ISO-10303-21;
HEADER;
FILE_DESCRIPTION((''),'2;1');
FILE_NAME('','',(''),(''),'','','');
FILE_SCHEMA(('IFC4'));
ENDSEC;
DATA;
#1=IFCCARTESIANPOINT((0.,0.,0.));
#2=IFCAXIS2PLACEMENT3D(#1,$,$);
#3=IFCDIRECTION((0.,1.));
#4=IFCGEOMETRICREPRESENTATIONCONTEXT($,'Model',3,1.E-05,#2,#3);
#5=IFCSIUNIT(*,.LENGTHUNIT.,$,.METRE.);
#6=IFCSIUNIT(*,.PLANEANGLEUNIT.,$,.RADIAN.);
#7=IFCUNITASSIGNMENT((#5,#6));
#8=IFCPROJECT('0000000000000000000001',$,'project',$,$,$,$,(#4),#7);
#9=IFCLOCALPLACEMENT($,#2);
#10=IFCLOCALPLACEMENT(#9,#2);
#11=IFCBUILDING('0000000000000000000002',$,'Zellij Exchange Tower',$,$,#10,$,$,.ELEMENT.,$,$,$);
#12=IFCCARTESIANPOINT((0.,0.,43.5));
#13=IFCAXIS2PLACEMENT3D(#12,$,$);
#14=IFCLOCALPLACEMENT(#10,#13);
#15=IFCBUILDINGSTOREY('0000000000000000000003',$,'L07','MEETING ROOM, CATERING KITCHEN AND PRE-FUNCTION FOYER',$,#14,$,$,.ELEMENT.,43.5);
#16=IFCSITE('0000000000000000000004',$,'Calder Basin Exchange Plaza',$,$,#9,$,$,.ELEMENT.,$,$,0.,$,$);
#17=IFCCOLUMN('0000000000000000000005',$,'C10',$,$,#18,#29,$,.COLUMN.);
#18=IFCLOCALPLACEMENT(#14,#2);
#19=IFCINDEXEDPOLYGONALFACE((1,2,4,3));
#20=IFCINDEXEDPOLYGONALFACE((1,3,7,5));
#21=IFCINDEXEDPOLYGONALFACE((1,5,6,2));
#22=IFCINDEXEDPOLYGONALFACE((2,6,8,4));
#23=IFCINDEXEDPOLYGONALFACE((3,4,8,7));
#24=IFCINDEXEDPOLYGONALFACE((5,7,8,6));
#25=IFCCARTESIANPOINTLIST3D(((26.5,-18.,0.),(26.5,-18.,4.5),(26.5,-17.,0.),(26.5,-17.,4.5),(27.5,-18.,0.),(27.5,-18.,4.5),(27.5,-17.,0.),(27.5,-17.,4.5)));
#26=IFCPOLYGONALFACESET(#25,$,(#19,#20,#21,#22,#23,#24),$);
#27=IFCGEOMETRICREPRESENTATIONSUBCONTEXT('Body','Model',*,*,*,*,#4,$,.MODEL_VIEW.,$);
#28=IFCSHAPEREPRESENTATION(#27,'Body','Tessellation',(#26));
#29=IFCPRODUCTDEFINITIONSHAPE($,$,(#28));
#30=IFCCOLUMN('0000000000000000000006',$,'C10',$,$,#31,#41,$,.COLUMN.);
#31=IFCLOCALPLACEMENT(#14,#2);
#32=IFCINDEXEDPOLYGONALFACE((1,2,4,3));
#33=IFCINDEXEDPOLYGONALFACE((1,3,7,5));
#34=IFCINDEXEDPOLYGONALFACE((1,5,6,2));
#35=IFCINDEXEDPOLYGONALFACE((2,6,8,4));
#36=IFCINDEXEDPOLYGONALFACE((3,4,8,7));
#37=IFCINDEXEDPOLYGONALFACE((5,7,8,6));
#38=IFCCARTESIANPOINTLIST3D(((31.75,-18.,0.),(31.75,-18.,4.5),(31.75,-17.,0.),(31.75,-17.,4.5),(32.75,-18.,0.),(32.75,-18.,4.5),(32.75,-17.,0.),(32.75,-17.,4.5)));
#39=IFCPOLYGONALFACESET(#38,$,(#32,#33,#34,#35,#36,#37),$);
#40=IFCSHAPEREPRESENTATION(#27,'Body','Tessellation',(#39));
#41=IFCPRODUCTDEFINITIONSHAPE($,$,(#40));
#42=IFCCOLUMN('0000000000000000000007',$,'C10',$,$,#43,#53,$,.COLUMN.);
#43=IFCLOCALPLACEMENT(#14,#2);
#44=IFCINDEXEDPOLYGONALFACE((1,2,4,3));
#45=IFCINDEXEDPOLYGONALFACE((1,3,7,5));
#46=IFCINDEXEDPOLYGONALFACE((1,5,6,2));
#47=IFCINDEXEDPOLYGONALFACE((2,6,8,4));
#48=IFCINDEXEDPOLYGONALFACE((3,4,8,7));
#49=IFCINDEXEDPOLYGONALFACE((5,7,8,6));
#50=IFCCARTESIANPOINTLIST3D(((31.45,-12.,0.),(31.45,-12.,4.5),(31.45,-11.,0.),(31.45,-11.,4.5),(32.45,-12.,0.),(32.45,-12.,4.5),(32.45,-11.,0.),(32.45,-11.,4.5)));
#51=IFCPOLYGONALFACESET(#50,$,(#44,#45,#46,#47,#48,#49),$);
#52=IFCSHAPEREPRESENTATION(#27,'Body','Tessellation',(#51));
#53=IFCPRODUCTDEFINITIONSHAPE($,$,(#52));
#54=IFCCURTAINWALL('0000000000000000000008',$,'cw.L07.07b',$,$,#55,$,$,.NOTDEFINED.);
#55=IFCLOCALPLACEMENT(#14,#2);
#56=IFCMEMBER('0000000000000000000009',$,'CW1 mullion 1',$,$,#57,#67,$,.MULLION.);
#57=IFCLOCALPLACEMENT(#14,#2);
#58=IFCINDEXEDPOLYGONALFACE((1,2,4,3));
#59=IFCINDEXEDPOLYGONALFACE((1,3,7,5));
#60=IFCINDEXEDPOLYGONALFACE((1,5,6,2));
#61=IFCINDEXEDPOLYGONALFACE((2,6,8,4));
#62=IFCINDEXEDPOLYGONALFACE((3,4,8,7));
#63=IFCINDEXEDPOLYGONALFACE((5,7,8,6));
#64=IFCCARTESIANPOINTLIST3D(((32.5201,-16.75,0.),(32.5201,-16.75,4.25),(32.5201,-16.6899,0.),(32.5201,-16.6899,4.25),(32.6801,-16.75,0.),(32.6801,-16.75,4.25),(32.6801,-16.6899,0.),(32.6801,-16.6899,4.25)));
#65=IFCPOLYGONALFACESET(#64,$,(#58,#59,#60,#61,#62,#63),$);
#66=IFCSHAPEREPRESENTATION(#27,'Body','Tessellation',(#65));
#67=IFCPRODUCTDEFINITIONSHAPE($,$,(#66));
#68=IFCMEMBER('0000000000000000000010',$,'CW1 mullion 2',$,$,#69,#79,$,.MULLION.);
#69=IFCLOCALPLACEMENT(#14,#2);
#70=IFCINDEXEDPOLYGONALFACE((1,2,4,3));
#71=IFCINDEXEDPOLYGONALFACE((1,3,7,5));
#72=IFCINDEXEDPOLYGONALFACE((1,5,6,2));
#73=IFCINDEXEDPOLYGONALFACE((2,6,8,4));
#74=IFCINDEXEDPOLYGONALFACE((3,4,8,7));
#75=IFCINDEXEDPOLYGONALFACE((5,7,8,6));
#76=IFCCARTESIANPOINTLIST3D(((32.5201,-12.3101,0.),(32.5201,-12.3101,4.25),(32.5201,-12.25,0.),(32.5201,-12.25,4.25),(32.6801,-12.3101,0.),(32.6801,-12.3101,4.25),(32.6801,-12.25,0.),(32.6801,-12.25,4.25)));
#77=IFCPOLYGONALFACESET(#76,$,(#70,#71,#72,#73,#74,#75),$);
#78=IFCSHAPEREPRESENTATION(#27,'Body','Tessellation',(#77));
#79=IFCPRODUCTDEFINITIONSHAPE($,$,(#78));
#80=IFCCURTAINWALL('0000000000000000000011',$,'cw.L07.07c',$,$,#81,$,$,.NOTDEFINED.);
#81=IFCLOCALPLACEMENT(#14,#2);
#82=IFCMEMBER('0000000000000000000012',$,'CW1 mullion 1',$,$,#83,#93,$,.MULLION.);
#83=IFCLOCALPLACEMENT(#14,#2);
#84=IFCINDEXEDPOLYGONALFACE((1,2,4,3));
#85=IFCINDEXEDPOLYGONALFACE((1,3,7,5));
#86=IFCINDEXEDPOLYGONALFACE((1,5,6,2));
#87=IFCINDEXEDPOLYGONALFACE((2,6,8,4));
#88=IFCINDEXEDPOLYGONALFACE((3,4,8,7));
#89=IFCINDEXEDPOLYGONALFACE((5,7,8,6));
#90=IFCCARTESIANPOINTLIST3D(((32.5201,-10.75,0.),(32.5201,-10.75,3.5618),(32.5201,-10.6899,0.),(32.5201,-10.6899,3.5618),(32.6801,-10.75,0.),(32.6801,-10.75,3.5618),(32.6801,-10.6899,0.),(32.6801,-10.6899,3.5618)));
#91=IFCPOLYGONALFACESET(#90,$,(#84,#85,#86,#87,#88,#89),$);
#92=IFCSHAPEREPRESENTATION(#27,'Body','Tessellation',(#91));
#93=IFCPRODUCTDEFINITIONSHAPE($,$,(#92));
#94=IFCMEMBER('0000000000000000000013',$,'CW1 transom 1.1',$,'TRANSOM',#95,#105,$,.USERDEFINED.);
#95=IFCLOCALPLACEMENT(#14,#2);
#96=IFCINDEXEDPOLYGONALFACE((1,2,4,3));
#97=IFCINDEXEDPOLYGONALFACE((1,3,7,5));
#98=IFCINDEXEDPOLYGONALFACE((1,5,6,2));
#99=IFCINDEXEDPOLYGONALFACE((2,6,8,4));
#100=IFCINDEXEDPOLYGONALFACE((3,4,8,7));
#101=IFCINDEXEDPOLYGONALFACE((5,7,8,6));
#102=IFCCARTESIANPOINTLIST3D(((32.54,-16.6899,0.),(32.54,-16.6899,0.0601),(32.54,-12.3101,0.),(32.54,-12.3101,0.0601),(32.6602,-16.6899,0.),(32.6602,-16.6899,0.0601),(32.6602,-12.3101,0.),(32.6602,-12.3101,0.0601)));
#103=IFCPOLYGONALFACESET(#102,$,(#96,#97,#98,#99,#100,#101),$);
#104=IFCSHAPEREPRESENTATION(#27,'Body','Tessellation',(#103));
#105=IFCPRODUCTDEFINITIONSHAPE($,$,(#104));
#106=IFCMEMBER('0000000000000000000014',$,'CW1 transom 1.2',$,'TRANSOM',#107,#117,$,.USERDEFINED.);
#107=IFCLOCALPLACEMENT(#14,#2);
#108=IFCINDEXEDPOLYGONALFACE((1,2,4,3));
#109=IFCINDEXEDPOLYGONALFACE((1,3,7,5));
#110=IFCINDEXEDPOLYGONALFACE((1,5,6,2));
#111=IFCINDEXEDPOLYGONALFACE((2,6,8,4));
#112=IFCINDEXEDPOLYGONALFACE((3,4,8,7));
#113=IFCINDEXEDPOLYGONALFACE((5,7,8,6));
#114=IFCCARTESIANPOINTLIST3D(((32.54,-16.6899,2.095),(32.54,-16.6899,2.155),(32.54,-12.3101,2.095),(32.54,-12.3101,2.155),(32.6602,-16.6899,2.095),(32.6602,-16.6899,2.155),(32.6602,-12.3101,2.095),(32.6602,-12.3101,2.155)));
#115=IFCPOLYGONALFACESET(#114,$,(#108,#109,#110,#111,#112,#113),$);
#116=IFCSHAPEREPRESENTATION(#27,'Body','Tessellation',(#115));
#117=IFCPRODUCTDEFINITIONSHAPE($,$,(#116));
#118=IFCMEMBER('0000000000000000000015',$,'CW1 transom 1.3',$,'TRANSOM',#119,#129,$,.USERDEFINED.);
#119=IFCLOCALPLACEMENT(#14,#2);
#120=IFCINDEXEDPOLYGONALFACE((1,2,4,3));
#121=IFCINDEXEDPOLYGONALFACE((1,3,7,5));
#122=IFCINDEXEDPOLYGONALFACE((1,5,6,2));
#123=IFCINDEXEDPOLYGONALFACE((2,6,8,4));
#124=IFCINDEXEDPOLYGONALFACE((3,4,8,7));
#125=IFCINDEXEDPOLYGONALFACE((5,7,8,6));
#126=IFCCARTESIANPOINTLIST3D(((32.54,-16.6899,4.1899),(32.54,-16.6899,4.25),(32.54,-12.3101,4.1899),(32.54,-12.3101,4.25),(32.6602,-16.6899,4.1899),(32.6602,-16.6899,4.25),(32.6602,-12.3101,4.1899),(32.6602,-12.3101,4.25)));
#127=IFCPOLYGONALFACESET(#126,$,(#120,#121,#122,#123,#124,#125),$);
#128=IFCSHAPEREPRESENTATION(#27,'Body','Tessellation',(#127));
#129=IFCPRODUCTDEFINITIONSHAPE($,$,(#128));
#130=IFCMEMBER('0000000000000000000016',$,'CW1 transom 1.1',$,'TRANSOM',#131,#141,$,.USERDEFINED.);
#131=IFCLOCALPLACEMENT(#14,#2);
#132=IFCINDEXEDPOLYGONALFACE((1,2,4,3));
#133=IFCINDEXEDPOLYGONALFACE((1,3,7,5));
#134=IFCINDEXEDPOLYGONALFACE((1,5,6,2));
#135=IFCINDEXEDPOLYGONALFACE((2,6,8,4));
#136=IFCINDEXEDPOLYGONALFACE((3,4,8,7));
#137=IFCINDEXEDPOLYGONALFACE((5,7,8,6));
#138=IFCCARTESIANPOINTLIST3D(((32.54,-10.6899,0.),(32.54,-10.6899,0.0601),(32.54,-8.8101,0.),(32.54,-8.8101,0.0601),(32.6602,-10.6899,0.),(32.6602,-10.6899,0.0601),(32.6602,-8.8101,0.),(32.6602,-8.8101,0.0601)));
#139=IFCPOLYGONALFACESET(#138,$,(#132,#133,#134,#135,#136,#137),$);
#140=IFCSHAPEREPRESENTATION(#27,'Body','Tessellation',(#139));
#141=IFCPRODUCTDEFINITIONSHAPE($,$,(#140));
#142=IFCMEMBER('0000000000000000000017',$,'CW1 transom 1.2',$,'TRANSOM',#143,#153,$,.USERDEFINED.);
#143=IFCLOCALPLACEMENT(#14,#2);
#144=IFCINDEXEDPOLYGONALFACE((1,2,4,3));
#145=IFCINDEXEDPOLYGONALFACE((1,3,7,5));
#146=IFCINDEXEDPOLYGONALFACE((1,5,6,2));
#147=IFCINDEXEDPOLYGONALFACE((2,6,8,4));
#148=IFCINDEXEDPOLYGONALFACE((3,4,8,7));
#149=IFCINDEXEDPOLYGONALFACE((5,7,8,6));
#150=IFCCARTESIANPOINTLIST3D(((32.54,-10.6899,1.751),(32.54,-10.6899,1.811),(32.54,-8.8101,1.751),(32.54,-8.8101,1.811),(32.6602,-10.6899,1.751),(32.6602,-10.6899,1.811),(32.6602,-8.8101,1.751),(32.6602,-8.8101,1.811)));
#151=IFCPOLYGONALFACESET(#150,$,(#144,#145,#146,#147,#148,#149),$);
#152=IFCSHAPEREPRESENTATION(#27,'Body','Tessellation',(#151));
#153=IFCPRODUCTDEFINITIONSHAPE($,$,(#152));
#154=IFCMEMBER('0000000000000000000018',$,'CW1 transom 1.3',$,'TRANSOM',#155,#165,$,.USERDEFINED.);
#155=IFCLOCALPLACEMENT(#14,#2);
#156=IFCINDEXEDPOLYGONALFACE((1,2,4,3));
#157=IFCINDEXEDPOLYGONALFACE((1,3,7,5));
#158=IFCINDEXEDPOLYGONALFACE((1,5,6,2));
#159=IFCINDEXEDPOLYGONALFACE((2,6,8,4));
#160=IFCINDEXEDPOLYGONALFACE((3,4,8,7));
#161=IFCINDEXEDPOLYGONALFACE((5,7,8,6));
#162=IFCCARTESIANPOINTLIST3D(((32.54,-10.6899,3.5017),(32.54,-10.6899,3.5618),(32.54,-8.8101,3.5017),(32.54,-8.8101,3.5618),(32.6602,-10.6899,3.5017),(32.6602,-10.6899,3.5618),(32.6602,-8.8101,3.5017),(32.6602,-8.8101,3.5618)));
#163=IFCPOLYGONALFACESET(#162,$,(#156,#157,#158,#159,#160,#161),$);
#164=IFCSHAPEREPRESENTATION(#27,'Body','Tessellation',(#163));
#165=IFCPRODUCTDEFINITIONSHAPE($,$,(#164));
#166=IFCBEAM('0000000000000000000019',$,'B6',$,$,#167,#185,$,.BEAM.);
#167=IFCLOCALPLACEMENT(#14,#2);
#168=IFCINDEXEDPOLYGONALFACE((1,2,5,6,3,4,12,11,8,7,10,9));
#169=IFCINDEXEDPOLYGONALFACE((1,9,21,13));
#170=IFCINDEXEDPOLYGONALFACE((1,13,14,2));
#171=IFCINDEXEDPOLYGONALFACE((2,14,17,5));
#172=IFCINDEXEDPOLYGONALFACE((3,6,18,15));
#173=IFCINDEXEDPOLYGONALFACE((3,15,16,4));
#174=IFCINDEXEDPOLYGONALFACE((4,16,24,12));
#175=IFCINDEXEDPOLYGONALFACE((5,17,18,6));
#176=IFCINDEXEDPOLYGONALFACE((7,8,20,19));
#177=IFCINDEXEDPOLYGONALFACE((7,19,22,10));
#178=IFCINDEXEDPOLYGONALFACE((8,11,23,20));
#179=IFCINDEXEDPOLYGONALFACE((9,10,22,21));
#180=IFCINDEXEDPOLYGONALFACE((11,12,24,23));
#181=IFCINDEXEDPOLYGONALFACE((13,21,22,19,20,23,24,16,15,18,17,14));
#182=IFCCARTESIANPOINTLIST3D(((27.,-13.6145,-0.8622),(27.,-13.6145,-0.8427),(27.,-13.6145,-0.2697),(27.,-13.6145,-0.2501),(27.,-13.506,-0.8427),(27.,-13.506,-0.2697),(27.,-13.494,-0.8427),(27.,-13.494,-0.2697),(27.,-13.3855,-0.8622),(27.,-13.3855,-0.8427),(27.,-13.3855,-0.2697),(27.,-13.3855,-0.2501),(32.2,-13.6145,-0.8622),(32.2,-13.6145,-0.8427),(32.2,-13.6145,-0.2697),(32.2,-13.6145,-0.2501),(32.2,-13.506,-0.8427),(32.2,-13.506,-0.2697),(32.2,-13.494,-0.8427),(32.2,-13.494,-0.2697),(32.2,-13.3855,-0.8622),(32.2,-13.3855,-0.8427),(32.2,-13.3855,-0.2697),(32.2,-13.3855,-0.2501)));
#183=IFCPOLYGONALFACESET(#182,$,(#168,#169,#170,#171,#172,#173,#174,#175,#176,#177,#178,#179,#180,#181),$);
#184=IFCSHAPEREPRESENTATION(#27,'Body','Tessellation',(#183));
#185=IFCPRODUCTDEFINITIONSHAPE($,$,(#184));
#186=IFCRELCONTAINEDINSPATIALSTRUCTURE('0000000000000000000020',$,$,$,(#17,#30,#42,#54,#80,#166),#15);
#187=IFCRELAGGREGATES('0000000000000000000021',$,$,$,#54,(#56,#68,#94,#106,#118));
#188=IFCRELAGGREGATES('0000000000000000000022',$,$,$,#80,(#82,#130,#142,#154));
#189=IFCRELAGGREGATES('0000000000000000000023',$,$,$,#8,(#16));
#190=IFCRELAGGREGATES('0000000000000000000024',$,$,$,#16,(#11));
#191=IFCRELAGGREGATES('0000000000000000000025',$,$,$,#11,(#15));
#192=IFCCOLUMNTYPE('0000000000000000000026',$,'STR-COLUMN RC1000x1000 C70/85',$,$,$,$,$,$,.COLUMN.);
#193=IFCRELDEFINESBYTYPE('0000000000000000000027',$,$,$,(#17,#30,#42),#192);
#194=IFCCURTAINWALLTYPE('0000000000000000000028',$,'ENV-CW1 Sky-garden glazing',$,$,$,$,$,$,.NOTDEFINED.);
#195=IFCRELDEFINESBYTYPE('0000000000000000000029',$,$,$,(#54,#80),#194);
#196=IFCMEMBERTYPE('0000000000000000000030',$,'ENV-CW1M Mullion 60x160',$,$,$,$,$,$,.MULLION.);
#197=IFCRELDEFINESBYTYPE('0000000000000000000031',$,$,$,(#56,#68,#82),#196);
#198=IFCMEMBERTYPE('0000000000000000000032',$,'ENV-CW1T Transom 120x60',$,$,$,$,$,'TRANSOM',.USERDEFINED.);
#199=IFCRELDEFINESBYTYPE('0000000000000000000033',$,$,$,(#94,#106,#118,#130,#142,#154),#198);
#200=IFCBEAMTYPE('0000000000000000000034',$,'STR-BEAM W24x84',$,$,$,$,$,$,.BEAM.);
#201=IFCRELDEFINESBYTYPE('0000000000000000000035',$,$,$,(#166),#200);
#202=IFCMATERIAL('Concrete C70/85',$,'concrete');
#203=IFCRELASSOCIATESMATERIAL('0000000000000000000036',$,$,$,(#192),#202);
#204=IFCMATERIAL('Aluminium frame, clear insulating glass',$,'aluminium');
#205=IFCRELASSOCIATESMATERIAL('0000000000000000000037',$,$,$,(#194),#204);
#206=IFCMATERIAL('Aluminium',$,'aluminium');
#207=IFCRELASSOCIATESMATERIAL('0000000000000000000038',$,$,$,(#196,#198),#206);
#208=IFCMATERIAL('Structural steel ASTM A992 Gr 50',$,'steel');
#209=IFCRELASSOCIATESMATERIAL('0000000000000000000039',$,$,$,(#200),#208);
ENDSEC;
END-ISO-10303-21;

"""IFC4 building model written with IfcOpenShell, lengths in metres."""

from ifc_helpers import new_model, si_unit, direction, frame, origin, origin_2d, place, context, subcontext, project, spatial, rectangle, i_section, extrude, material, material_profile, profile_set, type_object, element, aggregate, save


model = new_model("IFC4")

# Units and contexts
model_context = context("Model", 3, precision=1e-05, world=origin(), true_north=direction((0.0, 1.0)))
body_context = subcontext(model_context, "Body", "Model", "MODEL_VIEW")
ifc_project = project(units=[si_unit("LENGTHUNIT", "METRE"), si_unit("PLANEANGLEUNIT", "RADIAN")], contexts=[model_context])

# Site, building, storey
site_placement = place(None, origin())
site = spatial("IfcSite", under=ifc_project, at=site_placement, Name="Calder Basin Exchange Plaza", CompositionType="ELEMENT", RefElevation=0.0)
building_placement = place(site_placement, origin())
building = spatial("IfcBuilding", under=site, at=building_placement, Name="Zellij Exchange Tower", CompositionType="ELEMENT")
storey_placement = place(building_placement, frame((0.0, 0.0, 43.5)))
storey = spatial("IfcBuildingStorey", under=building, at=storey_placement, Name="L07", Description="MEETING ROOM, CATERING KITCHEN AND PRE-FUNCTION FOYER", CompositionType="ELEMENT", Elevation=43.5)

# Columns
ifc_material_1 = material(Name="Concrete C70/85", Category="concrete")
ifc_material_profile_1 = material_profile(ifc_material_1, rectangle(XDim=1.0, YDim=1.0, at=origin_2d()), Name="STR-COLUMN RC1000x1000 C70/85")
ifc_profile_set_1 = profile_set([ifc_material_profile_1], Name="Concrete C70/85")
column_type = type_object("IfcColumnType", Name="STR-COLUMN RC1000x1000 C70/85", PredefinedType="COLUMN", material=ifc_profile_set_1)
for number, where, z_axis, x_axis, name in (
    (1, (27.0, -17.5, 0.0), (0.0, 0.0, 1.0), (1.0, 0.0, 0.0), "C10"),
    (2, (32.25, -17.5, 0.0), (0.0, 0.0, 1.0), (1.0, 0.0, 0.0), "C10"),
    (3, (31.95, -11.5, 0.0), (0.0, 0.0, 1.0), (1.0, 0.0, 0.0), "C10"),
):
    element("IfcColumn", number, at=place(storey_placement, frame(where, z_axis=z_axis, x_axis=x_axis)), inside=storey, type_object=column_type, Name=name, PredefinedType="COLUMN", context=body_context, shape_type="SweptSolid", body=[
        extrude(rectangle(XDim=1.0, YDim=1.0, at=origin_2d()), origin(), (0.0, 0.0, 1.0), 4.5),
    ])

# Curtain wall, members
ifc_material_2 = material(Name="Aluminium frame, clear insulating glass", Category="aluminium")
curtain_wall_type = type_object("IfcCurtainWallType", Name="ENV-CW1 Sky-garden glazing", PredefinedType="NOTDEFINED", material=ifc_material_2)
curtain_wall_1_placement = place(storey_placement, origin())
curtain_wall_1 = element("IfcCurtainWall", 4, at=curtain_wall_1_placement, inside=storey, type_object=curtain_wall_type, Name="cw.L07.07b", PredefinedType="NOTDEFINED")
ifc_material_3 = material(Name="Aluminium", Category="aluminium")
ifc_material_profile_2 = material_profile(ifc_material_3, rectangle(XDim=0.0601, YDim=0.1599, at=origin_2d()), Name="AL 60x160")
ifc_profile_set_2 = profile_set([ifc_material_profile_2], Name="Aluminium")
member_type_1 = type_object("IfcMemberType", Name="ENV-CW1M Mullion 60x160", PredefinedType="MULLION", material=ifc_profile_set_2)
member_1_placement = place(storey_placement, frame((32.6001, -16.72, 0.0), z_axis=(0.0, 0.0, 1.0), x_axis=(0.0, 1.0, 0.0)))
member_1 = element("IfcMember", 5, at=member_1_placement, type_object=member_type_1, Name="CW1 mullion 1", PredefinedType="MULLION", context=body_context, shape_type="SweptSolid", body=[
    extrude(rectangle(XDim=0.0601, YDim=0.1599, at=origin_2d()), origin(), (0.0, 0.0, 1.0), 4.25),
])
member_2_placement = place(storey_placement, frame((32.6001, -12.28, 0.0), z_axis=(0.0, 0.0, 1.0), x_axis=(0.0, 1.0, 0.0)))
member_2 = element("IfcMember", 6, at=member_2_placement, type_object=member_type_1, Name="CW1 mullion 2", PredefinedType="MULLION", context=body_context, shape_type="SweptSolid", body=[
    extrude(rectangle(XDim=0.0601, YDim=0.1599, at=origin_2d()), origin(), (0.0, 0.0, 1.0), 4.25),
])

# Curtain wall, member
curtain_wall_2_placement = place(storey_placement, origin())
curtain_wall_2 = element("IfcCurtainWall", 7, at=curtain_wall_2_placement, inside=storey, type_object=curtain_wall_type, Name="cw.L07.07c", PredefinedType="NOTDEFINED")
member_3_placement = place(storey_placement, frame((32.6001, -10.72, 0.0), z_axis=(0.0, 0.0, 1.0), x_axis=(0.0, 1.0, 0.0)))
member_3 = element("IfcMember", 8, at=member_3_placement, type_object=member_type_1, Name="CW1 mullion 1", PredefinedType="MULLION", context=body_context, shape_type="SweptSolid", body=[
    extrude(rectangle(XDim=0.0601, YDim=0.1599, at=origin_2d()), origin(), (0.0, 0.0, 1.0), 3.5618),
])

# Members
ifc_material_profile_3 = material_profile(ifc_material_3, rectangle(XDim=0.1201, YDim=0.0601, at=origin_2d()), Name="AL 120x60")
ifc_profile_set_3 = profile_set([ifc_material_profile_3], Name="Aluminium")
member_type_2 = type_object("IfcMemberType", Name="ENV-CW1T Transom 120x60", ElementType="TRANSOM", PredefinedType="USERDEFINED", material=ifc_profile_set_3)
member_4_placement = place(storey_placement, frame((32.6001, -16.6899, 0.03), z_axis=(0.0, 1.0, 0.0), x_axis=(-1.0, 0.0, 0.0)))
member_4 = element("IfcMember", 9, at=member_4_placement, type_object=member_type_2, Name="CW1 transom 1.1", ObjectType="TRANSOM", PredefinedType="USERDEFINED", context=body_context, shape_type="SweptSolid", body=[
    extrude(rectangle(XDim=0.1201, YDim=0.0601, at=origin_2d()), origin(), (0.0, 0.0, 1.0), 4.3799),
])
member_5_placement = place(storey_placement, frame((32.6001, -16.6899, 2.125), z_axis=(0.0, 1.0, 0.0), x_axis=(-1.0, 0.0, 0.0)))
member_5 = element("IfcMember", 10, at=member_5_placement, type_object=member_type_2, Name="CW1 transom 1.2", ObjectType="TRANSOM", PredefinedType="USERDEFINED", context=body_context, shape_type="SweptSolid", body=[
    extrude(rectangle(XDim=0.1201, YDim=0.0601, at=origin_2d()), origin(), (0.0, 0.0, 1.0), 4.3799),
])
member_6_placement = place(storey_placement, frame((32.6001, -16.6899, 4.22), z_axis=(0.0, 1.0, 0.0), x_axis=(-1.0, 0.0, 0.0)))
member_6 = element("IfcMember", 11, at=member_6_placement, type_object=member_type_2, Name="CW1 transom 1.3", ObjectType="TRANSOM", PredefinedType="USERDEFINED", context=body_context, shape_type="SweptSolid", body=[
    extrude(rectangle(XDim=0.1201, YDim=0.0601, at=origin_2d()), origin(), (0.0, 0.0, 1.0), 4.3799),
])
member_7_placement = place(storey_placement, frame((32.6001, -10.6899, 0.03), z_axis=(0.0, 1.0, 0.0), x_axis=(-1.0, 0.0, 0.0)))
member_7 = element("IfcMember", 12, at=member_7_placement, type_object=member_type_2, Name="CW1 transom 1.1", ObjectType="TRANSOM", PredefinedType="USERDEFINED", context=body_context, shape_type="SweptSolid", body=[
    extrude(rectangle(XDim=0.1201, YDim=0.0601, at=origin_2d()), origin(), (0.0, 0.0, 1.0), 1.8799),
])
member_8_placement = place(storey_placement, frame((32.6001, -10.6899, 1.781), z_axis=(0.0, 1.0, 0.0), x_axis=(-1.0, 0.0, 0.0)))
member_8 = element("IfcMember", 13, at=member_8_placement, type_object=member_type_2, Name="CW1 transom 1.2", ObjectType="TRANSOM", PredefinedType="USERDEFINED", context=body_context, shape_type="SweptSolid", body=[
    extrude(rectangle(XDim=0.1201, YDim=0.0601, at=origin_2d()), origin(), (0.0, 0.0, 1.0), 1.8799),
])
member_9_placement = place(storey_placement, frame((32.6001, -10.6899, 3.5317), z_axis=(0.0, 1.0, 0.0), x_axis=(-1.0, 0.0, 0.0)))
member_9 = element("IfcMember", 14, at=member_9_placement, type_object=member_type_2, Name="CW1 transom 1.3", ObjectType="TRANSOM", PredefinedType="USERDEFINED", context=body_context, shape_type="SweptSolid", body=[
    extrude(rectangle(XDim=0.1201, YDim=0.0601, at=origin_2d()), origin(), (0.0, 0.0, 1.0), 1.8799),
])

# Beam
ifc_material_4 = material(Name="Structural steel ASTM A992 Gr 50", Category="steel")
ifc_material_profile_4 = material_profile(ifc_material_4, i_section(OverallWidth=0.229, OverallDepth=0.6121, WebThickness=0.012, FlangeThickness=0.0195, at=origin_2d()), Name="W24x84")
ifc_profile_set_4 = profile_set([ifc_material_profile_4], Name="Structural steel ASTM A992 Gr 50")
beam_type_1 = type_object("IfcBeamType", Name="STR-BEAM W24x84", PredefinedType="BEAM", material=ifc_profile_set_4)
beam_1_placement = place(storey_placement, frame((27.0, -13.5, -0.5562), z_axis=(1.0, 0.0, 0.0), x_axis=(0.0, 1.0, 0.0)))
element("IfcBeam", 15, at=beam_1_placement, inside=storey, type_object=beam_type_1, Name="B6", PredefinedType="BEAM", context=body_context, shape_type="SweptSolid", body=[
    extrude(i_section(OverallWidth=0.229, OverallDepth=0.6121, WebThickness=0.012, FlangeThickness=0.0195, at=origin_2d()), origin(), (0.0, 0.0, 1.0), 5.2),
])

aggregate(curtain_wall_1, [member_1, member_2, member_4, member_5, member_6])
aggregate(curtain_wall_2, [member_3, member_7, member_8, member_9])

save(model, "model.ifc")
